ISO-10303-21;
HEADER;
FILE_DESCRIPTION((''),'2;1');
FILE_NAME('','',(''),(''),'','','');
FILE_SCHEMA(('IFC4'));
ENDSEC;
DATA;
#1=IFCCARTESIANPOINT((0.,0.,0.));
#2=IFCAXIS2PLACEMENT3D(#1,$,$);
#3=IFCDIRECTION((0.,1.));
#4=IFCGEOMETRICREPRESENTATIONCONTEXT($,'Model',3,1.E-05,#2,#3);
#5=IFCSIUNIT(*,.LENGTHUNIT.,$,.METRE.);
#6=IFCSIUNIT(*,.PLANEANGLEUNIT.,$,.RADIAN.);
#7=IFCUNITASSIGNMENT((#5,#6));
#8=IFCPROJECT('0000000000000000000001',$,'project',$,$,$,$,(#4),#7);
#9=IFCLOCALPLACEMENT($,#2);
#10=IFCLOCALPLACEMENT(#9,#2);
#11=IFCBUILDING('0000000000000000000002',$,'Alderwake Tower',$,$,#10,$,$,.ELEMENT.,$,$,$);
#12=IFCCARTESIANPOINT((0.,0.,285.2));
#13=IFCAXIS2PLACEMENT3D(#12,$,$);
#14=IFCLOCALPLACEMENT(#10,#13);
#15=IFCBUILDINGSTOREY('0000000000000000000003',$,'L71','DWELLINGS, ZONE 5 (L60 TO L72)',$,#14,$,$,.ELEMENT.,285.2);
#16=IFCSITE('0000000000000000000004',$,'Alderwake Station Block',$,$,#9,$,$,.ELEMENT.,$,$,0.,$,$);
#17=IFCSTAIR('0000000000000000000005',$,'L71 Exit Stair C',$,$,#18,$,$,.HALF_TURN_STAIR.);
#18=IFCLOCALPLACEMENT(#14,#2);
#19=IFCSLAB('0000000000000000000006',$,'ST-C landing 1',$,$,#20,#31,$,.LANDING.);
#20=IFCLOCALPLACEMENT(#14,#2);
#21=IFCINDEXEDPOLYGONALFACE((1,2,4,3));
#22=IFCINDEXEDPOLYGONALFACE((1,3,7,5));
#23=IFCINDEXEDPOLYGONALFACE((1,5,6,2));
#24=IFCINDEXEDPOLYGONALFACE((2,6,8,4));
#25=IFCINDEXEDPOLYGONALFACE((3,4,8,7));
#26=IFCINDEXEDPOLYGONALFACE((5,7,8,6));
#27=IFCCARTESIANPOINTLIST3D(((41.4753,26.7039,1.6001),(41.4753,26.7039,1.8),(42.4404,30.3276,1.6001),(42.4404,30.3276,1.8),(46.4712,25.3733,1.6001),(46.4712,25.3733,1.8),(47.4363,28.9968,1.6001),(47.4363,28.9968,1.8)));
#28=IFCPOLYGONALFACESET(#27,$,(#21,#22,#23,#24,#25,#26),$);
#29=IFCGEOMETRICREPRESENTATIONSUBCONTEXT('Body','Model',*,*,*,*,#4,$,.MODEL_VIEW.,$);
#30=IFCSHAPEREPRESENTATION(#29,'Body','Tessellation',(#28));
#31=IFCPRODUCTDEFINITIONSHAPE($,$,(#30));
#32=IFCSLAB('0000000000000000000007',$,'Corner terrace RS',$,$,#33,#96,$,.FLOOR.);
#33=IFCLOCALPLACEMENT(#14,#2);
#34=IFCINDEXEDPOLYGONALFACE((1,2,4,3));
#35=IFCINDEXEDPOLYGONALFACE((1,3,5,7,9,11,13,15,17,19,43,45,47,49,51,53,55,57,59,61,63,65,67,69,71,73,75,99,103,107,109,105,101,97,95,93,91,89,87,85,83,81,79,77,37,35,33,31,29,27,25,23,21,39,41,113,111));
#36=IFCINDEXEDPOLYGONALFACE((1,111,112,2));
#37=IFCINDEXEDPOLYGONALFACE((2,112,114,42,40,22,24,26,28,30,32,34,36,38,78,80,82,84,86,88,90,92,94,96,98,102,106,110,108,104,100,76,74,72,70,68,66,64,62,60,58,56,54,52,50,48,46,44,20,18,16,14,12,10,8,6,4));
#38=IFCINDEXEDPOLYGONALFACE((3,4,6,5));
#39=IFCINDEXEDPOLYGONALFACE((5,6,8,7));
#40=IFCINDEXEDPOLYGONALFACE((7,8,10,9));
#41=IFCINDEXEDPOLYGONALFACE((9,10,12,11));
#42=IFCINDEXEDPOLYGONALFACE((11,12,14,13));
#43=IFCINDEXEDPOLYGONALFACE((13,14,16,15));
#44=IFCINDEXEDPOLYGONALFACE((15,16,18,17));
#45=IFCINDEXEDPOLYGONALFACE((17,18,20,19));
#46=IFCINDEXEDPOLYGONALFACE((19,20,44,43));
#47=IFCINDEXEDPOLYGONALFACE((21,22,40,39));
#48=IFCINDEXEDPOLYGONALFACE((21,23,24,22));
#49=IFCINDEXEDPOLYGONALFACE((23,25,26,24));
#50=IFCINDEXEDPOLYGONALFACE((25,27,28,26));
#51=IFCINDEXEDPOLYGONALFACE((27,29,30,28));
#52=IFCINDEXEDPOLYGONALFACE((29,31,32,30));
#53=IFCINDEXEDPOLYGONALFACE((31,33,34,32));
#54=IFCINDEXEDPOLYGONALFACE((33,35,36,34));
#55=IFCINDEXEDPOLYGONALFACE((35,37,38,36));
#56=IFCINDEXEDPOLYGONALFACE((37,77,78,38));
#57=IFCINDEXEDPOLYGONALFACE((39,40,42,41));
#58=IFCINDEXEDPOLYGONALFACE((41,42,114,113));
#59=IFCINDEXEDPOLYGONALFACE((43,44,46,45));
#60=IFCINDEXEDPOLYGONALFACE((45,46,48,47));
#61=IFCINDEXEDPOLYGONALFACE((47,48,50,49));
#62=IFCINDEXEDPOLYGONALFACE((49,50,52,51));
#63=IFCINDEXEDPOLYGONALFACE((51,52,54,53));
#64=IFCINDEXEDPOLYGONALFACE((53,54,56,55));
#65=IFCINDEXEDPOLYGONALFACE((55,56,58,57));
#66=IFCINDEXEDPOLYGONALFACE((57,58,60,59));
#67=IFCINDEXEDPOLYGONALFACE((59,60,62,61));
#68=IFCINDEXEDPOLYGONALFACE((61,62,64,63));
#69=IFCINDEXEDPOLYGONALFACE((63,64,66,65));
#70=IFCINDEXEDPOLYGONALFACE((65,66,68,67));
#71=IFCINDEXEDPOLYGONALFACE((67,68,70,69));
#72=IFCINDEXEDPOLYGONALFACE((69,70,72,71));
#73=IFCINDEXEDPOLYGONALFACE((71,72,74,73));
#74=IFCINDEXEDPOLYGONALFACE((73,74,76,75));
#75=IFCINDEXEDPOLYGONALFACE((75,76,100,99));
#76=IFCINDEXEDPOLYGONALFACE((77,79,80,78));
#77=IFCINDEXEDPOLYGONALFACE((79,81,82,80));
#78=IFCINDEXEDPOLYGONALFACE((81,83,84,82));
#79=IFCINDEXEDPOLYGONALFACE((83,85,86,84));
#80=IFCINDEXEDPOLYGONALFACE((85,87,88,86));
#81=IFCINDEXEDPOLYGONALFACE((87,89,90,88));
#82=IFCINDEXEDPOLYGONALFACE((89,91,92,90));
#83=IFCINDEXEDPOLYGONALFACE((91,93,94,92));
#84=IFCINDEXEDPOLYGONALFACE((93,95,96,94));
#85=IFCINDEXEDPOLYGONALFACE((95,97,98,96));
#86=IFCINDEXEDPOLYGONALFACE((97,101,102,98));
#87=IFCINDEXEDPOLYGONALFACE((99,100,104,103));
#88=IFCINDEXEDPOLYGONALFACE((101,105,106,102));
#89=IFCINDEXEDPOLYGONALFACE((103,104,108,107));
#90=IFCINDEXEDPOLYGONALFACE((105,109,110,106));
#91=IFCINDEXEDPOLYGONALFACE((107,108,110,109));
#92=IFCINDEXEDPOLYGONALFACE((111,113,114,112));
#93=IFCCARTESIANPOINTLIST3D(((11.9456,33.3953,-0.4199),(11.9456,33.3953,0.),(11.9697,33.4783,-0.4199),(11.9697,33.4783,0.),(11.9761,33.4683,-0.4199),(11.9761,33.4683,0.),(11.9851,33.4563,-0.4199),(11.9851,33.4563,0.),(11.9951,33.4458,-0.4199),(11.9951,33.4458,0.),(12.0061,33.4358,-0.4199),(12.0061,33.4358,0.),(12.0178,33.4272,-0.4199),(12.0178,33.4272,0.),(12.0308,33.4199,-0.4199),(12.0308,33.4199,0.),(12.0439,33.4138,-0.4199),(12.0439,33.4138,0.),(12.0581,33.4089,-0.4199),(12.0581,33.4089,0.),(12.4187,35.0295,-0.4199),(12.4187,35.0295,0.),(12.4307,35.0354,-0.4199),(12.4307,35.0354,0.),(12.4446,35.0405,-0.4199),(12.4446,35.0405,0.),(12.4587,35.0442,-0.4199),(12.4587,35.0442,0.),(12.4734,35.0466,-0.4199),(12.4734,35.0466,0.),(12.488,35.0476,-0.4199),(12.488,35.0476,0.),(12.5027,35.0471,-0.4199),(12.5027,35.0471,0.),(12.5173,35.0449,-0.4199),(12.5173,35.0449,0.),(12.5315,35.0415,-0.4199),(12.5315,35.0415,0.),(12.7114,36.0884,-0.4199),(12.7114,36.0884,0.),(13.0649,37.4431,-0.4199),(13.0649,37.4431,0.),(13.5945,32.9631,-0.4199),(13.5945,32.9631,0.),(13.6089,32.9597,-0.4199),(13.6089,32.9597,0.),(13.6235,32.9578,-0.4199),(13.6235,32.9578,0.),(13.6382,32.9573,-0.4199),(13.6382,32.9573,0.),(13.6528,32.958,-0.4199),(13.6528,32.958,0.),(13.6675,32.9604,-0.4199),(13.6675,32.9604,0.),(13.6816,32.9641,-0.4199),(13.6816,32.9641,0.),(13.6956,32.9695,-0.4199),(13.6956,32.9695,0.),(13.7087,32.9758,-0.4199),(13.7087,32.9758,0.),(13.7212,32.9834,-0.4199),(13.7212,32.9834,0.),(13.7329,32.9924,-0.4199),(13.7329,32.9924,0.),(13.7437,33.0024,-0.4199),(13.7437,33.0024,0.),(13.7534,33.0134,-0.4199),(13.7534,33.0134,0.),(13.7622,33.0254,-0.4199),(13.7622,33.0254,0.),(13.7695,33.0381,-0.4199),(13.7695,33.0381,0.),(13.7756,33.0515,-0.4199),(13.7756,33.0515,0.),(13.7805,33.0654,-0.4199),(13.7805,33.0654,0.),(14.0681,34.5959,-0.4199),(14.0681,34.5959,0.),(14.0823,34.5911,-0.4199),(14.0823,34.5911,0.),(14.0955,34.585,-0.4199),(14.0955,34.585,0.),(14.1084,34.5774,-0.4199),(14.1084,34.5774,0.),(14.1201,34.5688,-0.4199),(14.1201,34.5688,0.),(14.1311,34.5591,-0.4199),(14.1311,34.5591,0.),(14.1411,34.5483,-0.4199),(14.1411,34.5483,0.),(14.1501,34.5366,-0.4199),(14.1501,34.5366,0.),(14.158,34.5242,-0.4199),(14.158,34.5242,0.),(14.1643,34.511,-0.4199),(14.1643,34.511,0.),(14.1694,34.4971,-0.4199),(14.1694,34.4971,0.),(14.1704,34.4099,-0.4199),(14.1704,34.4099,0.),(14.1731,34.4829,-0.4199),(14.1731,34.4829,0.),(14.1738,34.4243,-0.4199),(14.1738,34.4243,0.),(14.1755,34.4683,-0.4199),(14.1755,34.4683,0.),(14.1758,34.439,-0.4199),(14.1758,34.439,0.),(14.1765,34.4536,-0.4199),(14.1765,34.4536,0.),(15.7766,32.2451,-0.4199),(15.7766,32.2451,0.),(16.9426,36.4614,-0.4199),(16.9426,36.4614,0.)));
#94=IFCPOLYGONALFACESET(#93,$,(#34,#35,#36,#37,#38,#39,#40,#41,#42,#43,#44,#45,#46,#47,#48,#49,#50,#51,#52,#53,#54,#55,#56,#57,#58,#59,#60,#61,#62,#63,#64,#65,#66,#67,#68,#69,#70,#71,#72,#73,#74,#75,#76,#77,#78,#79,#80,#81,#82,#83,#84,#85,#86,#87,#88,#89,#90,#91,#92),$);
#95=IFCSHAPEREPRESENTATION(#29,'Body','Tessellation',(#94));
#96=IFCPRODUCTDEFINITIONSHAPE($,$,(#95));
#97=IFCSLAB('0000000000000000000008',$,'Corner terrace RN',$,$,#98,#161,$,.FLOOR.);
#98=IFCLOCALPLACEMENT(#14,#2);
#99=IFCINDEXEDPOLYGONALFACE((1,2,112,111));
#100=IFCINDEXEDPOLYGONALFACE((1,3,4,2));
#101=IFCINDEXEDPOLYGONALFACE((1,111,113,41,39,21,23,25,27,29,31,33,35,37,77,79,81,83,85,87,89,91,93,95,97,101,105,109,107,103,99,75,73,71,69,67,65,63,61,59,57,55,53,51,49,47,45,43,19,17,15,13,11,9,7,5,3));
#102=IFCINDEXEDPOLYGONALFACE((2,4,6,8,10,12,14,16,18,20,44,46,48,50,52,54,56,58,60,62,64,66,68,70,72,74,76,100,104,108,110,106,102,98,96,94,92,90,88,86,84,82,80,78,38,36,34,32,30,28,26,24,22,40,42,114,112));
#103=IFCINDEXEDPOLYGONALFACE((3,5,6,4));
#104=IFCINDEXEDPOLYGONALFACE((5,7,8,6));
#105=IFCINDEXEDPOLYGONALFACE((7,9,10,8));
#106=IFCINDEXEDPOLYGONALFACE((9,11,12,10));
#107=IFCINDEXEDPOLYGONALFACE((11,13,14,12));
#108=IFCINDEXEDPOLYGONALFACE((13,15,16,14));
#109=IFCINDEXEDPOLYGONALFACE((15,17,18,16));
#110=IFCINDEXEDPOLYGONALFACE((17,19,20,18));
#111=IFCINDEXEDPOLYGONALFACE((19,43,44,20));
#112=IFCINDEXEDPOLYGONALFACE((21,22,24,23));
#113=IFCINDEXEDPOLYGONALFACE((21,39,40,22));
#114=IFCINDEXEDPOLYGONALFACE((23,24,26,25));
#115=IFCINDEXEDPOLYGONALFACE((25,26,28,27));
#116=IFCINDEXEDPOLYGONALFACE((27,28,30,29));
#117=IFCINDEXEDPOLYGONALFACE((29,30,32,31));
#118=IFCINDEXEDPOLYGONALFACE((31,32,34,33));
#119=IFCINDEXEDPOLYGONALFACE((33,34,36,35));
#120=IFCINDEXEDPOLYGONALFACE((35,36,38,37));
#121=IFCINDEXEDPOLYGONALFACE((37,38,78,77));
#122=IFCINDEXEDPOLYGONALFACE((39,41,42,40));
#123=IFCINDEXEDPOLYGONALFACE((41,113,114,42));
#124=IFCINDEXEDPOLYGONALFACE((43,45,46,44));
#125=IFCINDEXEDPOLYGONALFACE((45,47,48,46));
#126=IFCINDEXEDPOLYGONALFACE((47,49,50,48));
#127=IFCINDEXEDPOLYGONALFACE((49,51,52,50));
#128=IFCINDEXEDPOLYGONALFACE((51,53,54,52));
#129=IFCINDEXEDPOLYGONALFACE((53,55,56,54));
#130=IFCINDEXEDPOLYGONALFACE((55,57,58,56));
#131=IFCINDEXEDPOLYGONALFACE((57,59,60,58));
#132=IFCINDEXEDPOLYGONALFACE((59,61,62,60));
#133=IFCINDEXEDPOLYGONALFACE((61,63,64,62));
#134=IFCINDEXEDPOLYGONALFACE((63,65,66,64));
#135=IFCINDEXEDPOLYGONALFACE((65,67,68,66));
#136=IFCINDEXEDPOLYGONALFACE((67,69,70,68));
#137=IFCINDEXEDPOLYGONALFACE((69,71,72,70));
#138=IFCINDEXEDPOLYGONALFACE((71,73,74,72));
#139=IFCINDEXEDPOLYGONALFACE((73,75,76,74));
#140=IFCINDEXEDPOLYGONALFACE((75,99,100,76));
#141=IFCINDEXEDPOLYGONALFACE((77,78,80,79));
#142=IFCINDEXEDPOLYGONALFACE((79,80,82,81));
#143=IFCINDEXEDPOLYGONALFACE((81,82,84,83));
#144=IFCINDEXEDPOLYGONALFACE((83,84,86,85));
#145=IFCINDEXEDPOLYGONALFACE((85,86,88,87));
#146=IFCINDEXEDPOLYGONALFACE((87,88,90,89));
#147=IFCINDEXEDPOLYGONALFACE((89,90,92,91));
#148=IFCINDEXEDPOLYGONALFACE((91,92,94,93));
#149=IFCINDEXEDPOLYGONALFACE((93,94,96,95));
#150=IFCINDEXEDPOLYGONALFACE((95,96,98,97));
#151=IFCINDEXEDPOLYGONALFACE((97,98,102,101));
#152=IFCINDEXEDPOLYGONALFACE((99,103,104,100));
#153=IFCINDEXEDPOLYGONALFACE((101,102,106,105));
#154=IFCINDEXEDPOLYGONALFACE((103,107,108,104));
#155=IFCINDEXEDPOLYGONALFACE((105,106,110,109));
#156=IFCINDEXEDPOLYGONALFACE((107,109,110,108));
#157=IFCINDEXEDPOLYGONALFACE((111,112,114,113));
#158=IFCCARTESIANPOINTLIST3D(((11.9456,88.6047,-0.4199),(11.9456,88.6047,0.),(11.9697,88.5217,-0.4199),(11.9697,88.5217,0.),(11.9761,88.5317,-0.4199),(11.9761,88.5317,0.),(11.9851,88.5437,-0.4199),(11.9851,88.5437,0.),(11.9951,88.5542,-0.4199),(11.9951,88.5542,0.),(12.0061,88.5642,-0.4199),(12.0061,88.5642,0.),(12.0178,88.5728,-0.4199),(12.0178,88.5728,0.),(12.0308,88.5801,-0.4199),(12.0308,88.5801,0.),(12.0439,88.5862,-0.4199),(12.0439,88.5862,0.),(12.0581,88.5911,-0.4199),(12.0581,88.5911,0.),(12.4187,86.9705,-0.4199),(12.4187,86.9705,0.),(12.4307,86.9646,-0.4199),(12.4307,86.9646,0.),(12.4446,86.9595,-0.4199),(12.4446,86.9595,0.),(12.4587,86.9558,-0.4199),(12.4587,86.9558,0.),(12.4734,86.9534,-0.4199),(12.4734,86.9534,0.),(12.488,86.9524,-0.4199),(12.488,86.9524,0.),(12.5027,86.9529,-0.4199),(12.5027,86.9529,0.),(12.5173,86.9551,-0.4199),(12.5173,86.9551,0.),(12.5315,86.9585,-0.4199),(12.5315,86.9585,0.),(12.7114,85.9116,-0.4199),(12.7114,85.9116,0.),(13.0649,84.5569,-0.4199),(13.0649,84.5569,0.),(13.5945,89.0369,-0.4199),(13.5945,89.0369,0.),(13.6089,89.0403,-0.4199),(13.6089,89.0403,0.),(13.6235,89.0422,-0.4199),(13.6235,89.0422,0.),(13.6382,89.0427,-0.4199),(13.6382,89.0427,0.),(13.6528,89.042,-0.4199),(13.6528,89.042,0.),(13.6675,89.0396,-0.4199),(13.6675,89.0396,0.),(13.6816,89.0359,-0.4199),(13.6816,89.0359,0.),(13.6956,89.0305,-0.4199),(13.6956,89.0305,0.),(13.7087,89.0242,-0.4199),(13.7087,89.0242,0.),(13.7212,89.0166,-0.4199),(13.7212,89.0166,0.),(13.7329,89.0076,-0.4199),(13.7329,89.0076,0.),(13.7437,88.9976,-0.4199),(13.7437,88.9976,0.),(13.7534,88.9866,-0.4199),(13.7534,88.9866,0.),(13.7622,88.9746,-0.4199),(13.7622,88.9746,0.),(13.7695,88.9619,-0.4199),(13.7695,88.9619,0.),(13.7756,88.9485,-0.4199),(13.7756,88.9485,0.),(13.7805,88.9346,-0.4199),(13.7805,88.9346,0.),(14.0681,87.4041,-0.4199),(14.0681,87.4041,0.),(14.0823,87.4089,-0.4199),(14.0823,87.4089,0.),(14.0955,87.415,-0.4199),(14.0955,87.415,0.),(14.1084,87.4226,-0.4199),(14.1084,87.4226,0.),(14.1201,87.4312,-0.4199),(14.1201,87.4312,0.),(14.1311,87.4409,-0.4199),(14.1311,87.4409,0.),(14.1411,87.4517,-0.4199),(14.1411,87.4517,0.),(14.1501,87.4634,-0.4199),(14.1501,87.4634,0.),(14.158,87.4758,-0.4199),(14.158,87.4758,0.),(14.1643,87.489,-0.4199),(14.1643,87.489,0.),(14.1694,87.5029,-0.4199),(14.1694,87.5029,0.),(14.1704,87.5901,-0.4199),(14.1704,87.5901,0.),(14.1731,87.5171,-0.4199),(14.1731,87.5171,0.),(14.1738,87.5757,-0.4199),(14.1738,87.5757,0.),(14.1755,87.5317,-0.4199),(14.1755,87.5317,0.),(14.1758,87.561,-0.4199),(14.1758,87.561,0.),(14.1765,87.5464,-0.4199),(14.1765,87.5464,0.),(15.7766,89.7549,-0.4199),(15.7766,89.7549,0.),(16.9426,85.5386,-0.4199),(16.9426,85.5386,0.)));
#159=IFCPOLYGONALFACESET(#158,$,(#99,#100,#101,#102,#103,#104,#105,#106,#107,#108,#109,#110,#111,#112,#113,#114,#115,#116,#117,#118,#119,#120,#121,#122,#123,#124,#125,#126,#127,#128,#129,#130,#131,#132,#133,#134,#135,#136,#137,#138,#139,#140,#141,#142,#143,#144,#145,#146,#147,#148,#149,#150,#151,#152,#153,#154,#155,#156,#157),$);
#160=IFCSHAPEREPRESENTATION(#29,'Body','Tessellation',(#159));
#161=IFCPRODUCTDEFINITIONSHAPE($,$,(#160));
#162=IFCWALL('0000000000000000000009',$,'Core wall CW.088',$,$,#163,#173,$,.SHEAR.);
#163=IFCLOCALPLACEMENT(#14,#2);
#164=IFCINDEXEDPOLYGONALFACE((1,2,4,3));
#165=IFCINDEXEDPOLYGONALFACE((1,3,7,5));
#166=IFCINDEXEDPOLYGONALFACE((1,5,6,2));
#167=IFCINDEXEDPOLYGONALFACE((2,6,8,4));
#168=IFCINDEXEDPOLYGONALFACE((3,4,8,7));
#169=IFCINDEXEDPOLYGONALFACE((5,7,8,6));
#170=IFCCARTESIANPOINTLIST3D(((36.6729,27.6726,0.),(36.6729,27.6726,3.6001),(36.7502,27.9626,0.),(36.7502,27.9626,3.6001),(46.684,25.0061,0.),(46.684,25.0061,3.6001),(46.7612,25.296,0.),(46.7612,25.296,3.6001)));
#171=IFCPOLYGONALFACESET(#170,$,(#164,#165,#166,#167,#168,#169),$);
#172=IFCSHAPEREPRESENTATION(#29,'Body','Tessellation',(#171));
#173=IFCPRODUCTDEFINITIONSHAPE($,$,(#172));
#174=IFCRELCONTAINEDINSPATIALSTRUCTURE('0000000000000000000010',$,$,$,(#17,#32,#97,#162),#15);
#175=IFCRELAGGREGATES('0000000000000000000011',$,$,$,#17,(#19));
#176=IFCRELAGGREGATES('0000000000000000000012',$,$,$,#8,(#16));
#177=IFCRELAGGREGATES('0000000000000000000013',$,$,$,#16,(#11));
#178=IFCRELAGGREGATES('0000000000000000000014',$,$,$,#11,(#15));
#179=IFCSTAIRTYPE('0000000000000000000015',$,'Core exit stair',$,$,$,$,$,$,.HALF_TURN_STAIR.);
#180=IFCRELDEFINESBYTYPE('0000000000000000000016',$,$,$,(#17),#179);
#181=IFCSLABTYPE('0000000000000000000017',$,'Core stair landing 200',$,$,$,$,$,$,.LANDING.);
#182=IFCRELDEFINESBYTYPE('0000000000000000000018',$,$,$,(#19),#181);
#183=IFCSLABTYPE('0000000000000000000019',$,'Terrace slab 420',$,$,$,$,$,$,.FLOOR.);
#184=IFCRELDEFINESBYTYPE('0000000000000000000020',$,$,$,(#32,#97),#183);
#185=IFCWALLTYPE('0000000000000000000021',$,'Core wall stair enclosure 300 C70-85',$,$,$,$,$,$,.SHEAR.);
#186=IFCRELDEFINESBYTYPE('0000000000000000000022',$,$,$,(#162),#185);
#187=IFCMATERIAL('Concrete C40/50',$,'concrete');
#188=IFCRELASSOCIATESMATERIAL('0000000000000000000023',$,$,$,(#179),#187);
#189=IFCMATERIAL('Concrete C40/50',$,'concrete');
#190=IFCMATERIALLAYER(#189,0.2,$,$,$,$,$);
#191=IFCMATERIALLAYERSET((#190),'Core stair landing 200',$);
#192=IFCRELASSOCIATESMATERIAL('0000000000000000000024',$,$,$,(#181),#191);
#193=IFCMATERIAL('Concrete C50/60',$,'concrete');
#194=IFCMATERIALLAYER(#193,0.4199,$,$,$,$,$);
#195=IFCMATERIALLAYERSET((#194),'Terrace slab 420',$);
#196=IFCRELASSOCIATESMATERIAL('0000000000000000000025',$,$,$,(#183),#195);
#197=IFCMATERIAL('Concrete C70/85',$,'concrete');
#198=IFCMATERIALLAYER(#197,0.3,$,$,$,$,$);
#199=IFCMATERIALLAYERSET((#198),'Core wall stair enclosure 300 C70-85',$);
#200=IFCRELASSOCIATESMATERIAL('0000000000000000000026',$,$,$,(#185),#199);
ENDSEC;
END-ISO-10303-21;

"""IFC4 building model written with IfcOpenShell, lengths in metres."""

from ifc_helpers import new_model, si_unit, direction, frame, frame_2d, origin, place, context, subcontext, project, spatial, polyline, rectangle, outline, extrude, material, layer, layer_set, type_object, element, aggregate, save


model = new_model("IFC4")

# Units and contexts
model_context = context("Model", 3, precision=1e-05, world=origin(), true_north=direction((0.0, 1.0)))
body_context = subcontext(model_context, "Body", "Model", "MODEL_VIEW")
ifc_project = project(units=[si_unit("LENGTHUNIT", "METRE"), si_unit("PLANEANGLEUNIT", "RADIAN")], contexts=[model_context])

# Site, building, storey
site_placement = place(None, origin())
site = spatial("IfcSite", under=ifc_project, at=site_placement, Name="Alderwake Station Block", CompositionType="ELEMENT", RefElevation=0.0)
building_placement = place(site_placement, origin())
building = spatial("IfcBuilding", under=site, at=building_placement, Name="Alderwake Tower", CompositionType="ELEMENT")
storey_placement = place(building_placement, frame((0.0, 0.0, 285.2)))
storey = spatial("IfcBuildingStorey", under=building, at=storey_placement, Name="L71", Description="DWELLINGS, ZONE 5 (L60 TO L72)", CompositionType="ELEMENT", Elevation=285.2)

# Stair, slab
ifc_material_1 = material(Name="Concrete C40/50", Category="concrete")
stair_type = type_object("IfcStairType", Name="Core exit stair", PredefinedType="HALF_TURN_STAIR", material=ifc_material_1)
ifc_material_2 = material(Name="Concrete C40/50", Category="concrete")
ifc_layer_1 = layer(ifc_material_2, 0.2)
ifc_layer_set_1 = layer_set([ifc_layer_1], Name="Core stair landing 200")
slab_type_1 = type_object("IfcSlabType", Name="Core stair landing 200", PredefinedType="LANDING", material=ifc_layer_set_1)
stair_1_placement = place(storey_placement, origin())
stair_1 = element("IfcStair", 1, at=stair_1_placement, inside=storey, type_object=stair_type, Name="L71 Exit Stair C", PredefinedType="HALF_TURN_STAIR")
slab_1_placement = place(storey_placement, frame((0.0, 0.0, 1.6001)))
slab_1 = element("IfcSlab", 2, at=slab_1_placement, type_object=slab_type_1, Name="ST-C landing 1", PredefinedType="LANDING", context=body_context, shape_type="SweptSolid", body=[
    extrude(outline(polyline([(41.4753, 26.7039), (46.4712, 25.3733), (47.4363, 28.9968), (42.4404, 30.3276), (41.4753, 26.7039)])), origin(), (0.0, 0.0, 1.0), 0.2),
])
aggregate(stair_1, [slab_1])

# Slabs
ifc_material_3 = material(Name="Concrete C50/60", Category="concrete")
ifc_layer_2 = layer(ifc_material_3, 0.4199)
ifc_layer_set_2 = layer_set([ifc_layer_2], Name="Terrace slab 420")
slab_type_2 = type_object("IfcSlabType", Name="Terrace slab 420", PredefinedType="FLOOR", material=ifc_layer_set_2)
slab_2_placement = place(storey_placement, frame((0.0, 0.0, -0.4199)))
element("IfcSlab", 3, at=slab_2_placement, inside=storey, type_object=slab_type_2, Name="Corner terrace RS", PredefinedType="FLOOR", context=body_context, shape_type="SweptSolid", body=[
    extrude(outline(polyline([(15.7766, 32.2451), (11.9456, 33.3953), (11.9697, 33.4783), (11.9761, 33.4683), (11.9851, 33.4563), (11.9951, 33.4458), (12.0061, 33.4358), (12.0178, 33.4272), (12.0308, 33.4199), (12.0439, 33.4138), (12.0581, 33.4089), (13.5945, 32.9631), (13.6089, 32.9597), (13.6235, 32.9578), (13.6382, 32.9573), (13.6528, 32.958), (13.6675, 32.9604), (13.6816, 32.9641), (13.6956, 32.9695), (13.7087, 32.9758), (13.7212, 32.9834), (13.7329, 32.9924), (13.7437, 33.0024), (13.7534, 33.0134), (13.7622, 33.0254), (13.7695, 33.0381), (13.7756, 33.0515), (13.7805, 33.0654), (14.1704, 34.4099), (14.1738, 34.4243), (14.1758, 34.439), (14.1765, 34.4536), (14.1755, 34.4683), (14.1731, 34.4829), (14.1694, 34.4971), (14.1643, 34.511), (14.158, 34.5242), (14.1501, 34.5366), (14.1411, 34.5483), (14.1311, 34.5591), (14.1201, 34.5688), (14.1084, 34.5774), (14.0955, 34.585), (14.0823, 34.5911), (14.0681, 34.5959), (12.5315, 35.0415), (12.5173, 35.0449), (12.5027, 35.0471), (12.488, 35.0476), (12.4734, 35.0466), (12.4587, 35.0442), (12.4446, 35.0405), (12.4307, 35.0354), (12.4187, 35.0295), (12.7114, 36.0884), (13.0649, 37.4431), (16.9426, 36.4614), (15.7766, 32.2451)])), origin(), (0.0, 0.0, 1.0), 0.4199),
])
slab_3_placement = place(storey_placement, frame((0.0, 0.0, -0.4199)))
element("IfcSlab", 4, at=slab_3_placement, inside=storey, type_object=slab_type_2, Name="Corner terrace RN", PredefinedType="FLOOR", context=body_context, shape_type="SweptSolid", body=[
    extrude(outline(polyline([(12.4187, 86.9705), (12.4307, 86.9646), (12.4446, 86.9595), (12.4587, 86.9558), (12.4734, 86.9534), (12.488, 86.9524), (12.5027, 86.9529), (12.5173, 86.9551), (12.5315, 86.9585), (14.0681, 87.4041), (14.0823, 87.4089), (14.0955, 87.415), (14.1084, 87.4226), (14.1201, 87.4312), (14.1311, 87.4409), (14.1411, 87.4517), (14.1501, 87.4634), (14.158, 87.4758), (14.1643, 87.489), (14.1694, 87.5029), (14.1731, 87.5171), (14.1755, 87.5317), (14.1765, 87.5464), (14.1758, 87.561), (14.1738, 87.5757), (14.1704, 87.5901), (13.7805, 88.9346), (13.7756, 88.9485), (13.7695, 88.9619), (13.7622, 88.9746), (13.7534, 88.9866), (13.7437, 88.9976), (13.7329, 89.0076), (13.7212, 89.0166), (13.7087, 89.0242), (13.6956, 89.0305), (13.6816, 89.0359), (13.6675, 89.0396), (13.6528, 89.042), (13.6382, 89.0427), (13.6235, 89.0422), (13.6089, 89.0403), (13.5945, 89.0369), (12.0581, 88.5911), (12.0439, 88.5862), (12.0308, 88.5801), (12.0178, 88.5728), (12.0061, 88.5642), (11.9951, 88.5542), (11.9851, 88.5437), (11.9761, 88.5317), (11.9697, 88.5217), (11.9456, 88.6047), (15.7766, 89.7549), (16.9426, 85.5386), (13.0649, 84.5569), (12.7114, 85.9116), (12.4187, 86.9705)])), origin(), (0.0, 0.0, 1.0), 0.4199),
])

# Wall
ifc_material_4 = material(Name="Concrete C70/85", Category="concrete")
ifc_layer_3 = layer(ifc_material_4, 0.3)
ifc_layer_set_3 = layer_set([ifc_layer_3], Name="Core wall stair enclosure 300 C70-85")
wall_type_1 = type_object("IfcWallType", Name="Core wall stair enclosure 300 C70-85", PredefinedType="SHEAR", material=ifc_layer_set_3)
wall_1_placement = place(storey_placement, frame((36.7114, 27.8176, 0.0), z_axis=(0.0, 0.0, 1.0), x_axis=(0.966309, -0.257384, 0.0)))
element("IfcWall", 5, at=wall_1_placement, inside=storey, type_object=wall_type_1, Name="Core wall CW.088", PredefinedType="SHEAR", context=body_context, shape_type="SweptSolid", body=[
    extrude(rectangle(XDim=10.3601, YDim=0.3, at=frame_2d((5.1802, 0.0))), origin(), (0.0, 0.0, 1.0), 3.6001),
])

save(model, "model.ifc")
